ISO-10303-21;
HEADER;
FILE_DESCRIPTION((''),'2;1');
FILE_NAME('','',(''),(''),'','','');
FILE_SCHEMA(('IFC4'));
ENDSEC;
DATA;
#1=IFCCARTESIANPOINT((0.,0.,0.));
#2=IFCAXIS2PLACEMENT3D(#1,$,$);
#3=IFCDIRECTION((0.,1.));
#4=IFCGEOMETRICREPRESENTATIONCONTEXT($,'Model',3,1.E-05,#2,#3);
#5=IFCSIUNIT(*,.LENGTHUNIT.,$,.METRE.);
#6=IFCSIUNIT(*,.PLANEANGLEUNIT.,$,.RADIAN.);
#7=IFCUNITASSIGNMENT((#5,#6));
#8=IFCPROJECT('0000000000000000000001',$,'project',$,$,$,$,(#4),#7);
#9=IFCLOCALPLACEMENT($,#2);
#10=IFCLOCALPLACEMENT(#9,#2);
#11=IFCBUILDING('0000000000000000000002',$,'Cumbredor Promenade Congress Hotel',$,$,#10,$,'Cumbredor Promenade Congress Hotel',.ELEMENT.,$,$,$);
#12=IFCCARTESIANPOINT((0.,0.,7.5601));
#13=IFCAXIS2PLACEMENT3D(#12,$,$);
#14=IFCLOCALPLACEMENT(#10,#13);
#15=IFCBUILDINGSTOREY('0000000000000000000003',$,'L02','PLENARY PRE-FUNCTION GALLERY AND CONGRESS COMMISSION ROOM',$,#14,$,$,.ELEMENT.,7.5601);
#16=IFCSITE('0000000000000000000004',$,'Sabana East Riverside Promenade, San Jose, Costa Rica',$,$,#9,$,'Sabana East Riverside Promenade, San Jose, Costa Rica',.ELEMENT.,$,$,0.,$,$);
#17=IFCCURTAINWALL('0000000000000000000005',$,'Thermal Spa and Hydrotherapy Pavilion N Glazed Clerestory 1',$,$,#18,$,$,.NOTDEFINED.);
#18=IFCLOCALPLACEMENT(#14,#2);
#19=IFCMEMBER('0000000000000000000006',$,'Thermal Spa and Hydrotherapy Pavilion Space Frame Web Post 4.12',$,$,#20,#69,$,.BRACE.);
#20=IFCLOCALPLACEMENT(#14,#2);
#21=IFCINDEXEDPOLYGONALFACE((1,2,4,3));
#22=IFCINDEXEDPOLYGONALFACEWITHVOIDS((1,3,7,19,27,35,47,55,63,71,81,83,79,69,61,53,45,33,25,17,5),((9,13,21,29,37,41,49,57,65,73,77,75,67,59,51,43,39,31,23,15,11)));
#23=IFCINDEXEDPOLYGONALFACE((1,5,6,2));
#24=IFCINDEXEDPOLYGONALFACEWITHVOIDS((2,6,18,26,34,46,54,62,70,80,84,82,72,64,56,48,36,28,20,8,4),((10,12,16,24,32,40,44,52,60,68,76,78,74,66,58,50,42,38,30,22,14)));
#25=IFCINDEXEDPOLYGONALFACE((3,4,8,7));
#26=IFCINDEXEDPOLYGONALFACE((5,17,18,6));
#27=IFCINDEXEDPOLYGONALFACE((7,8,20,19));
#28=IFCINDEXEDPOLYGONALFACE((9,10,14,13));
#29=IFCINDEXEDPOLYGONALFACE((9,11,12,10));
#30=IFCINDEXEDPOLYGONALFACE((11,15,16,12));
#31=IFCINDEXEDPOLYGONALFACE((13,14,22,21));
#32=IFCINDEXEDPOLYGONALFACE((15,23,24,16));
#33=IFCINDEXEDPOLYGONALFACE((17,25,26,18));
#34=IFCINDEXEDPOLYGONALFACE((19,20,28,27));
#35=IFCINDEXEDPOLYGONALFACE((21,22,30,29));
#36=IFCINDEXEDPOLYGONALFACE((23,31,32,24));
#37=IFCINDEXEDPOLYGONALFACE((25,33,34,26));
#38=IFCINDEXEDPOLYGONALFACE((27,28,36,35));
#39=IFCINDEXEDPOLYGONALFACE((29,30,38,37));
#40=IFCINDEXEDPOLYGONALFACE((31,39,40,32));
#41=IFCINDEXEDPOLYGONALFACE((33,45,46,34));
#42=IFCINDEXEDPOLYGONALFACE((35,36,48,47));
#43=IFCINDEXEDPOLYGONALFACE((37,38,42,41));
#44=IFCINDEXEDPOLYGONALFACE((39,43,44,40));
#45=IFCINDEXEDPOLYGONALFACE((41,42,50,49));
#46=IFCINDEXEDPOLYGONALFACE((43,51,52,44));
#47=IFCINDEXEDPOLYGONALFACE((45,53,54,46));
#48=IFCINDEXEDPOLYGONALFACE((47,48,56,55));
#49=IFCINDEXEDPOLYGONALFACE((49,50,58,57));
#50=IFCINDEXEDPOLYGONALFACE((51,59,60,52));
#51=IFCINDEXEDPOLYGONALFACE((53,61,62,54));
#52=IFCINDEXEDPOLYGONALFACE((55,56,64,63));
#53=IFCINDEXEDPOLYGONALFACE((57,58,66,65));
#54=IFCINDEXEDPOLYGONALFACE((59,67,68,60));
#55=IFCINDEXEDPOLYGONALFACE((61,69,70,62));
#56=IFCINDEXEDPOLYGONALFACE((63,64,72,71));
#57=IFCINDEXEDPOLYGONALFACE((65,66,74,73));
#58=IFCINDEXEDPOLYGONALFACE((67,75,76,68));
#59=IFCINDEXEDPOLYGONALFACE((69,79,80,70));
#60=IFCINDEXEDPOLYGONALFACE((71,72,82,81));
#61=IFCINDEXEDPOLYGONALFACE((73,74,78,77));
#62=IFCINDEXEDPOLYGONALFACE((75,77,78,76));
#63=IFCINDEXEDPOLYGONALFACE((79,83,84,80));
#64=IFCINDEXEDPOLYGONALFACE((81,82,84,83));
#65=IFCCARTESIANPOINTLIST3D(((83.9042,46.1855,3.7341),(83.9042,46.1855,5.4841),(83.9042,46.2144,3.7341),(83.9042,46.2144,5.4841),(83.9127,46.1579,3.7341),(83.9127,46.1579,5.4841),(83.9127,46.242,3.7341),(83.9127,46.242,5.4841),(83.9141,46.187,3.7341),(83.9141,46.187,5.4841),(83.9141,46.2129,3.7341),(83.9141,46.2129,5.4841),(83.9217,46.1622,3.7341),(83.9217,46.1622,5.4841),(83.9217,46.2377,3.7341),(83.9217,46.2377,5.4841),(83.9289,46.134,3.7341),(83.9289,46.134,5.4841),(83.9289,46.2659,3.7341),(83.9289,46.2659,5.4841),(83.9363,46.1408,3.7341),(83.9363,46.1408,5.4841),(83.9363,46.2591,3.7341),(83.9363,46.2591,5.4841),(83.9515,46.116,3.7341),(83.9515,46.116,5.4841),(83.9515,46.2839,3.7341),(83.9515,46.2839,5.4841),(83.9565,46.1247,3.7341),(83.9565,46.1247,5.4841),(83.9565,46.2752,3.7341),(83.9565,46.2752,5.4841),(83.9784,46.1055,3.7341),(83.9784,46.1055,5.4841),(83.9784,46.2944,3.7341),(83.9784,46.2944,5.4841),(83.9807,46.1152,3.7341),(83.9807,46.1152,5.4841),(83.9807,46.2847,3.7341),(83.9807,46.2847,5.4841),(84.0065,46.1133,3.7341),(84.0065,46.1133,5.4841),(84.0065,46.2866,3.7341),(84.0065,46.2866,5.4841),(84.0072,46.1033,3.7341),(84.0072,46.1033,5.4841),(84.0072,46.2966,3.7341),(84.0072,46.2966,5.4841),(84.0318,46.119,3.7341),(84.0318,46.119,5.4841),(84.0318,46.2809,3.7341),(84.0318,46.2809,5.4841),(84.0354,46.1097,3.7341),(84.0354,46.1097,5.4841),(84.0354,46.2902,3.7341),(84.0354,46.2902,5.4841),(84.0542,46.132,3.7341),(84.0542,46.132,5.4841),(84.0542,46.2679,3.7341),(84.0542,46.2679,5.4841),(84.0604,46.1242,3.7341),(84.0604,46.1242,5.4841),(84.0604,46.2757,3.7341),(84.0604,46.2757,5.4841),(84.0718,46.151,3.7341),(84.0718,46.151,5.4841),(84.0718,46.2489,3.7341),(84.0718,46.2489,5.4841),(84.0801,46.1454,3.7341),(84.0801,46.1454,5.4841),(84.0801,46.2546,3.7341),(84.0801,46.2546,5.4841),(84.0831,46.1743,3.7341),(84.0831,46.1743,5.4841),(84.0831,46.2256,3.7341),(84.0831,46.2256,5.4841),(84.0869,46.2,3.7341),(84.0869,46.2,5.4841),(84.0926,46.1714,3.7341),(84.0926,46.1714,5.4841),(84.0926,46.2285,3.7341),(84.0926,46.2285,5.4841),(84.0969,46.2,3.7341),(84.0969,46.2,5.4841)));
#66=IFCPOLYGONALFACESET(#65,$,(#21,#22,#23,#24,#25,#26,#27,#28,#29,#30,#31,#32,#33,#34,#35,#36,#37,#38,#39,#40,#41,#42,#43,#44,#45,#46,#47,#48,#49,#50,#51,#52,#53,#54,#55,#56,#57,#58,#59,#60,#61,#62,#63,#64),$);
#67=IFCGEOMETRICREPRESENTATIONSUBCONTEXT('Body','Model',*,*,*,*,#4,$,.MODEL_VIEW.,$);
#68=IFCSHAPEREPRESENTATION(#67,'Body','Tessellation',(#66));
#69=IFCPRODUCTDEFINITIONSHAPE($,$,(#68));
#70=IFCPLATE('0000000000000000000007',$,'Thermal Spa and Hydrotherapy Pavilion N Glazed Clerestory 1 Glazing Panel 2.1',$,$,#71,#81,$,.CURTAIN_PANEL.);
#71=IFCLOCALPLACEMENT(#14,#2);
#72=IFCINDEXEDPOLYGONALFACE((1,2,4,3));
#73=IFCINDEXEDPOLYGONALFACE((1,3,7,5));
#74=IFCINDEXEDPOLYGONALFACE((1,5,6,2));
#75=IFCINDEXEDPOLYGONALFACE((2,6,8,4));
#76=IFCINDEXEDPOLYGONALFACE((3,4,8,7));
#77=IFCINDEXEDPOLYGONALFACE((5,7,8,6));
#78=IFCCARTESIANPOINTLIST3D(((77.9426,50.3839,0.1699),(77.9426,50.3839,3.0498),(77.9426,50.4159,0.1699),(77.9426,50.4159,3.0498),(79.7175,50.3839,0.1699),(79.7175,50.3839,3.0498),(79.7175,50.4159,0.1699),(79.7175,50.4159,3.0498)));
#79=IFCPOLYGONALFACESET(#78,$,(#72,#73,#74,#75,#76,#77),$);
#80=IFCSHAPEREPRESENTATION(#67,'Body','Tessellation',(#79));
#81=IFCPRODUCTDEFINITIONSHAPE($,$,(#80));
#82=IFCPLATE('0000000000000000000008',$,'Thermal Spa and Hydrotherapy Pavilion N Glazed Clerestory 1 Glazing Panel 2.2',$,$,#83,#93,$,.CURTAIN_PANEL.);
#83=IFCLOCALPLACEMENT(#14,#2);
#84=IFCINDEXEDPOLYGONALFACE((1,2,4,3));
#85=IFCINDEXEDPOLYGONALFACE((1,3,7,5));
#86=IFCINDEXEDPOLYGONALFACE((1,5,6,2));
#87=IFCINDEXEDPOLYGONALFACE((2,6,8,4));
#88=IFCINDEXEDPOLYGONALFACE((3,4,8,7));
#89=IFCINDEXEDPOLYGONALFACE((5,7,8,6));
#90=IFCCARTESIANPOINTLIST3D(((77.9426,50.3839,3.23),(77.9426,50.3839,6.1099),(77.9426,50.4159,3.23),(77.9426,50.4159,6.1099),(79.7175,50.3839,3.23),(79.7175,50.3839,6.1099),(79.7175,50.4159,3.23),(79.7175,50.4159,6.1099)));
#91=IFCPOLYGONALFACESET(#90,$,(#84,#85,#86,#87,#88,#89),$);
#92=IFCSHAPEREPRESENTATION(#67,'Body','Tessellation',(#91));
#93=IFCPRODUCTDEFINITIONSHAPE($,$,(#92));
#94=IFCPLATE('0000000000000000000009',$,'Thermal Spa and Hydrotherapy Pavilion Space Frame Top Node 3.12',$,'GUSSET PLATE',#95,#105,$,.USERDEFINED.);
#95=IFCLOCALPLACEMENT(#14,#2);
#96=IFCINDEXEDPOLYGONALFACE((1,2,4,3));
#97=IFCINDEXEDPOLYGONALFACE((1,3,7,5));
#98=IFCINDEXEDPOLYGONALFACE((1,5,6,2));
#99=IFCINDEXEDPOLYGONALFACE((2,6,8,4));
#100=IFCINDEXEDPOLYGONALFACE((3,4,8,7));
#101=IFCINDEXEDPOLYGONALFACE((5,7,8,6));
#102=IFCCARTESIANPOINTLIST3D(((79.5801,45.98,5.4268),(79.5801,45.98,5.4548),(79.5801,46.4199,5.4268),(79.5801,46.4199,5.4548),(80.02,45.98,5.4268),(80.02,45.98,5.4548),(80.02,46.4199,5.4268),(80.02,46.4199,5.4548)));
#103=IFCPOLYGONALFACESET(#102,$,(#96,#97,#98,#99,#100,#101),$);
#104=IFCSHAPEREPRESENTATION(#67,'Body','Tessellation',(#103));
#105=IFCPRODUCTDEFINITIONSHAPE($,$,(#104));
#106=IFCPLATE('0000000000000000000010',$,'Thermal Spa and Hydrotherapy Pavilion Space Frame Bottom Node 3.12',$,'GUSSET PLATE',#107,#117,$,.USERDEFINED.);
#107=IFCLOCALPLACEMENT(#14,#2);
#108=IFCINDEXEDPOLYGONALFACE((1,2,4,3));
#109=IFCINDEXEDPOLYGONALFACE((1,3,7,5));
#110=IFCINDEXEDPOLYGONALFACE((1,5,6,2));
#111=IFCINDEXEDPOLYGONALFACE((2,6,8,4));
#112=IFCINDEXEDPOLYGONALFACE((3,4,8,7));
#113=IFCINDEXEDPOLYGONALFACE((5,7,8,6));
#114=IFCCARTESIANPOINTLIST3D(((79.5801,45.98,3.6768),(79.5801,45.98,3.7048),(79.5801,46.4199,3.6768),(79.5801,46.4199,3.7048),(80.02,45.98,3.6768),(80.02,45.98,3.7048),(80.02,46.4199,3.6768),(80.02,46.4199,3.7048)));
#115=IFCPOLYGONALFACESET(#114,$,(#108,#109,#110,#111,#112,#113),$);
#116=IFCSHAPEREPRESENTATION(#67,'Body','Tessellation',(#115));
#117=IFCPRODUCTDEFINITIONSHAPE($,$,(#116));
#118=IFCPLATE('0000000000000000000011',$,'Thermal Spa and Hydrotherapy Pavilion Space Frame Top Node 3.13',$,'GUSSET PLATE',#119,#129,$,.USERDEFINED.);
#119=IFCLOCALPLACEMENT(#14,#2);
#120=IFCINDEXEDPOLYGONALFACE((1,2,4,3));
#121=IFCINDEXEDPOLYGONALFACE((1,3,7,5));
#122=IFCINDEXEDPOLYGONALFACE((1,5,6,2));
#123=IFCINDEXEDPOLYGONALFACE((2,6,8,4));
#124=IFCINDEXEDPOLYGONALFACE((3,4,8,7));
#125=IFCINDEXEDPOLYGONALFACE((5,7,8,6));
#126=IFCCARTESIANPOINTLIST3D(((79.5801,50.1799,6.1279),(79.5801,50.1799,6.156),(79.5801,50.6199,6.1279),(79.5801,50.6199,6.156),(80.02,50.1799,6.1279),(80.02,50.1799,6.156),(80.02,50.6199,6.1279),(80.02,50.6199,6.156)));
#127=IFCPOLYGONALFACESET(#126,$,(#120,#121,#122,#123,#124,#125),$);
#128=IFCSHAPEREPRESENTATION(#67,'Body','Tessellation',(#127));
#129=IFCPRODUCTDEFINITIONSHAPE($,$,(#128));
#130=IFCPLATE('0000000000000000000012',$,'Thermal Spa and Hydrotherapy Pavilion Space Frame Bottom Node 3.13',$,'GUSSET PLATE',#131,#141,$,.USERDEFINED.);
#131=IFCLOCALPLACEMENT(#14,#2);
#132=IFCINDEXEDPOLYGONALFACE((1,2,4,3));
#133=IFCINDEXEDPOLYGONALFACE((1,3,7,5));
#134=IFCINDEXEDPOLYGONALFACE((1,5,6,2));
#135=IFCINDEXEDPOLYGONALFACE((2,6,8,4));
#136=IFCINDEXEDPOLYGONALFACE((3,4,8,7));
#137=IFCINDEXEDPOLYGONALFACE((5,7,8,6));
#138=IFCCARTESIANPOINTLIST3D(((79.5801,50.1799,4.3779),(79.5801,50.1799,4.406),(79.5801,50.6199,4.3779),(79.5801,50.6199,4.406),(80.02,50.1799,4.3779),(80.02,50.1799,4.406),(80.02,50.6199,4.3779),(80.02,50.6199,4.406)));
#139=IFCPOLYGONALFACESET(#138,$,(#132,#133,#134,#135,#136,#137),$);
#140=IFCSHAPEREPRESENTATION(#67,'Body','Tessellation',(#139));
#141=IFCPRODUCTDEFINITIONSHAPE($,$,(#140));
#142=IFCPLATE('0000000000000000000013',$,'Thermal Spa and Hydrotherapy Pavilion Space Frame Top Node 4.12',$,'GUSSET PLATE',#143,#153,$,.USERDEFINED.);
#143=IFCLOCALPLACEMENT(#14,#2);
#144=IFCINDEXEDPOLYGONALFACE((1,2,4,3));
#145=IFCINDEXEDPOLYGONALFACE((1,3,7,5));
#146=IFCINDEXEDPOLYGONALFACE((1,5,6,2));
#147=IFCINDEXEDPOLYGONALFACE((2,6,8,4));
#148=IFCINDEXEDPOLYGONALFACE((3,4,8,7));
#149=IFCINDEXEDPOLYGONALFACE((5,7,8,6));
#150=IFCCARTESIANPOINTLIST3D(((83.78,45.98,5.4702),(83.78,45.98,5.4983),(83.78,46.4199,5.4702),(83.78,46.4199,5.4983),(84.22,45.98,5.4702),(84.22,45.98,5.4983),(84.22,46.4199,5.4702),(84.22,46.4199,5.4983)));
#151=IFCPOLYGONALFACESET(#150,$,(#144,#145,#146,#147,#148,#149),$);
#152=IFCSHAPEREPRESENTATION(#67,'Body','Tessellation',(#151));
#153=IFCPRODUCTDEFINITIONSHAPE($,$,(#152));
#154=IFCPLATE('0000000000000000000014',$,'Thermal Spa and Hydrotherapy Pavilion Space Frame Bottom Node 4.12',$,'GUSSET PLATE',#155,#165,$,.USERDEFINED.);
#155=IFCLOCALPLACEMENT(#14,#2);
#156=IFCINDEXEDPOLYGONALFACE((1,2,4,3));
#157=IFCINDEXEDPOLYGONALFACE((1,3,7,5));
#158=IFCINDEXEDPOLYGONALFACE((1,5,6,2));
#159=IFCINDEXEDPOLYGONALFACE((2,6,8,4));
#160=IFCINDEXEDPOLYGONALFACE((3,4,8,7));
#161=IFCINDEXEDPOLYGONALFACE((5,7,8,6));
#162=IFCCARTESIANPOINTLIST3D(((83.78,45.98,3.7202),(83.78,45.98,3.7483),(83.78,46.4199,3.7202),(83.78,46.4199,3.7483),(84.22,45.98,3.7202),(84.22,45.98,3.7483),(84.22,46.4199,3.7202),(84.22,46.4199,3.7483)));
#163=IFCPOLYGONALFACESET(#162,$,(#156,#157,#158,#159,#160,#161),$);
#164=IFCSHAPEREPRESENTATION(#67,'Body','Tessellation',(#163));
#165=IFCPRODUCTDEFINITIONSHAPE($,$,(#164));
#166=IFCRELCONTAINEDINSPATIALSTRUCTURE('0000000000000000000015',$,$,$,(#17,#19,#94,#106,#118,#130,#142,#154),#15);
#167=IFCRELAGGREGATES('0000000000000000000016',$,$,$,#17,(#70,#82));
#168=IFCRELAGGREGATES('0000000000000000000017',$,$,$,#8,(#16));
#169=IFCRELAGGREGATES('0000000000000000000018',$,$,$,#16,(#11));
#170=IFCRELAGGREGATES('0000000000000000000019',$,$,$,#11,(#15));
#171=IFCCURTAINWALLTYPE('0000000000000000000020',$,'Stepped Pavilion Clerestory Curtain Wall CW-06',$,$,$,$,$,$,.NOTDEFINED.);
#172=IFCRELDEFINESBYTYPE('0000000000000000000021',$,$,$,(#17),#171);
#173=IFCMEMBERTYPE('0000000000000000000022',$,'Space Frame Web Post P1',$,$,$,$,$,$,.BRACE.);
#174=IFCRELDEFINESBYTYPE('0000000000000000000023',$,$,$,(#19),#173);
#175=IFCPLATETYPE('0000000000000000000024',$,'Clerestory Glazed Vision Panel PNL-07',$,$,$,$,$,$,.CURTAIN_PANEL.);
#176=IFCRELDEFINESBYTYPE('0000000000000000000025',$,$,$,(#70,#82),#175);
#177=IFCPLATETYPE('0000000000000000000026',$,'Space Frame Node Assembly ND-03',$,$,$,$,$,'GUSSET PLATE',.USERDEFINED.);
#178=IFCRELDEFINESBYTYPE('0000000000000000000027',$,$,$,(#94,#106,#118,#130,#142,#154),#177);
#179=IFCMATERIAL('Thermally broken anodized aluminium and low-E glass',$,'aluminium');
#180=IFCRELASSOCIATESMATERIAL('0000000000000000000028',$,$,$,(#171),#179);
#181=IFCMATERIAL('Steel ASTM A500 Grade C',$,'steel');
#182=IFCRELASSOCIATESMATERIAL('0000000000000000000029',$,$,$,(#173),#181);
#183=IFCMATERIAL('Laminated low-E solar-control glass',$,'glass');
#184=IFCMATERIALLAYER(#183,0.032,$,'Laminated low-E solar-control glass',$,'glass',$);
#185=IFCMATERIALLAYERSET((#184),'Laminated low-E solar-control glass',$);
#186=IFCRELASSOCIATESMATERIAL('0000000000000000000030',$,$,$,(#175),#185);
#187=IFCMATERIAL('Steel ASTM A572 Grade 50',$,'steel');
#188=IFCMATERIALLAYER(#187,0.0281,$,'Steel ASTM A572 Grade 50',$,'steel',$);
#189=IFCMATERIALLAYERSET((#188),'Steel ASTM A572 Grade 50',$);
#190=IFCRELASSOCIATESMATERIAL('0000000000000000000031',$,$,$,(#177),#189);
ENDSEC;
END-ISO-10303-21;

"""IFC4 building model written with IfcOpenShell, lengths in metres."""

from ifc_helpers import new_model, si_unit, direction, frame, origin, origin_2d, place, context, subcontext, project, spatial, rectangle, hollow_circle, extrude, material, layer, layer_set, material_profile, profile_set, type_object, element, aggregate, save


model = new_model("IFC4")

# Units and contexts
model_context = context("Model", 3, precision=1e-05, world=origin(), true_north=direction((0.0, 1.0)))
body_context = subcontext(model_context, "Body", "Model", "MODEL_VIEW")
ifc_project = project(units=[si_unit("LENGTHUNIT", "METRE"), si_unit("PLANEANGLEUNIT", "RADIAN")], contexts=[model_context])

# Site, building, storey
site_placement = place(None, origin())
site = spatial("IfcSite", under=ifc_project, at=site_placement, Name="Sabana East Riverside Promenade, San Jose, Costa Rica", LongName="Sabana East Riverside Promenade, San Jose, Costa Rica", CompositionType="ELEMENT", RefElevation=0.0)
building_placement = place(site_placement, origin())
building = spatial("IfcBuilding", under=site, at=building_placement, Name="Cumbredor Promenade Congress Hotel", LongName="Cumbredor Promenade Congress Hotel", CompositionType="ELEMENT")
storey_placement = place(building_placement, frame((0.0, 0.0, 7.5601)))
storey = spatial("IfcBuildingStorey", under=building, at=storey_placement, Name="L02", Description="PLENARY PRE-FUNCTION GALLERY AND CONGRESS COMMISSION ROOM", CompositionType="ELEMENT", Elevation=7.5601)

# Curtain wall
ifc_material_1 = material(Name="Thermally broken anodized aluminium and low-E glass", Category="aluminium")
curtain_wall_type = type_object("IfcCurtainWallType", Name="Stepped Pavilion Clerestory Curtain Wall CW-06", PredefinedType="NOTDEFINED", material=ifc_material_1)
curtain_wall_placement = place(storey_placement, origin())
curtain_wall = element("IfcCurtainWall", 1, at=curtain_wall_placement, inside=storey, type_object=curtain_wall_type, Name="Thermal Spa and Hydrotherapy Pavilion N Glazed Clerestory 1", PredefinedType="NOTDEFINED")

# Member
ifc_material_2 = material(Name="Steel ASTM A500 Grade C", Category="steel")
ifc_material_profile_1 = material_profile(ifc_material_2, hollow_circle(Radius=0.0969, WallThickness=0.01, at=origin_2d()), Name="CHS 193.7x10")
ifc_profile_set_1 = profile_set([ifc_material_profile_1], Name="Steel ASTM A500 Grade C")
member_type_1 = type_object("IfcMemberType", Name="Space Frame Web Post P1", PredefinedType="BRACE", material=ifc_profile_set_1)
for number, where, z_axis, x_axis, name in (
    (2, (84.0, 46.2, 3.7341), (0.0, 0.0, 1.0), (1.0, 0.0, 0.0), "Thermal Spa and Hydrotherapy Pavilion Space Frame Web Post 4.12"),
):
    element("IfcMember", number, at=place(storey_placement, frame(where, z_axis=z_axis, x_axis=x_axis)), inside=storey, type_object=member_type_1, Name=name, PredefinedType="BRACE", context=body_context, shape_type="SweptSolid", body=[
        extrude(hollow_circle(Radius=0.0969, WallThickness=0.01, at=origin_2d()), origin(), (0.0, 0.0, 1.0), 1.75),
    ])

# Plates
ifc_material_3 = material(Name="Laminated low-E solar-control glass", Category="glass")
ifc_layer_1 = layer(ifc_material_3, 0.032, Name="Laminated low-E solar-control glass", Category="glass")
ifc_layer_set_1 = layer_set([ifc_layer_1], Name="Laminated low-E solar-control glass")
plate_type_1 = type_object("IfcPlateType", Name="Clerestory Glazed Vision Panel PNL-07", PredefinedType="CURTAIN_PANEL", material=ifc_layer_set_1)
plate_1_placement = place(storey_placement, frame((78.8301, 50.3999, 0.1699), z_axis=(0.0, 0.0, 1.0), x_axis=(1.0, 0.0, 0.0)))
plate_1 = element("IfcPlate", 3, at=plate_1_placement, type_object=plate_type_1, Name="Thermal Spa and Hydrotherapy Pavilion N Glazed Clerestory 1 Glazing Panel 2.1", PredefinedType="CURTAIN_PANEL", context=body_context, shape_type="SweptSolid", body=[
    extrude(rectangle(XDim=1.7749, YDim=0.032, at=origin_2d()), origin(), (0.0, 0.0, 1.0), 2.8799),
])
plate_2_placement = place(storey_placement, frame((78.8301, 50.3999, 3.23), z_axis=(0.0, 0.0, 1.0), x_axis=(1.0, 0.0, 0.0)))
plate_2 = element("IfcPlate", 4, at=plate_2_placement, type_object=plate_type_1, Name="Thermal Spa and Hydrotherapy Pavilion N Glazed Clerestory 1 Glazing Panel 2.2", PredefinedType="CURTAIN_PANEL", context=body_context, shape_type="SweptSolid", body=[
    extrude(rectangle(XDim=1.7749, YDim=0.032, at=origin_2d()), origin(), (0.0, 0.0, 1.0), 2.8799),
])
aggregate(curtain_wall, [plate_1, plate_2])

# Plates
ifc_material_4 = material(Name="Steel ASTM A572 Grade 50", Category="steel")
ifc_layer_2 = layer(ifc_material_4, 0.0281, Name="Steel ASTM A572 Grade 50", Category="steel")
ifc_layer_set_2 = layer_set([ifc_layer_2], Name="Steel ASTM A572 Grade 50")
plate_type_2 = type_object("IfcPlateType", Name="Space Frame Node Assembly ND-03", ElementType="GUSSET PLATE", PredefinedType="USERDEFINED", material=ifc_layer_set_2)
for number, where, z_axis, x_axis, name in (
    (5, (79.8, 46.2, 5.4268), (0.0, 0.0, 1.0), (1.0, 0.0, 0.0), "Thermal Spa and Hydrotherapy Pavilion Space Frame Top Node 3.12"),
    (6, (79.8, 46.2, 3.6768), (0.0, 0.0, 1.0), (1.0, 0.0, 0.0), "Thermal Spa and Hydrotherapy Pavilion Space Frame Bottom Node 3.12"),
    (7, (79.8, 50.3999, 6.1279), (0.0, 0.0, 1.0), (1.0, 0.0, 0.0), "Thermal Spa and Hydrotherapy Pavilion Space Frame Top Node 3.13"),
    (8, (79.8, 50.3999, 4.3779), (0.0, 0.0, 1.0), (1.0, 0.0, 0.0), "Thermal Spa and Hydrotherapy Pavilion Space Frame Bottom Node 3.13"),
    (9, (84.0, 46.2, 5.4702), (0.0, 0.0, 1.0), (1.0, 0.0, 0.0), "Thermal Spa and Hydrotherapy Pavilion Space Frame Top Node 4.12"),
    (10, (84.0, 46.2, 3.7202), (0.0, 0.0, 1.0), (1.0, 0.0, 0.0), "Thermal Spa and Hydrotherapy Pavilion Space Frame Bottom Node 4.12"),
):
    element("IfcPlate", number, at=place(storey_placement, frame(where, z_axis=z_axis, x_axis=x_axis)), inside=storey, type_object=plate_type_2, Name=name, ObjectType="GUSSET PLATE", PredefinedType="USERDEFINED", context=body_context, shape_type="SweptSolid", body=[
        extrude(rectangle(XDim=0.4399, YDim=0.4399, at=origin_2d()), origin(), (0.0, 0.0, 1.0), 0.0281),
    ])

save(model, "model.ifc")
